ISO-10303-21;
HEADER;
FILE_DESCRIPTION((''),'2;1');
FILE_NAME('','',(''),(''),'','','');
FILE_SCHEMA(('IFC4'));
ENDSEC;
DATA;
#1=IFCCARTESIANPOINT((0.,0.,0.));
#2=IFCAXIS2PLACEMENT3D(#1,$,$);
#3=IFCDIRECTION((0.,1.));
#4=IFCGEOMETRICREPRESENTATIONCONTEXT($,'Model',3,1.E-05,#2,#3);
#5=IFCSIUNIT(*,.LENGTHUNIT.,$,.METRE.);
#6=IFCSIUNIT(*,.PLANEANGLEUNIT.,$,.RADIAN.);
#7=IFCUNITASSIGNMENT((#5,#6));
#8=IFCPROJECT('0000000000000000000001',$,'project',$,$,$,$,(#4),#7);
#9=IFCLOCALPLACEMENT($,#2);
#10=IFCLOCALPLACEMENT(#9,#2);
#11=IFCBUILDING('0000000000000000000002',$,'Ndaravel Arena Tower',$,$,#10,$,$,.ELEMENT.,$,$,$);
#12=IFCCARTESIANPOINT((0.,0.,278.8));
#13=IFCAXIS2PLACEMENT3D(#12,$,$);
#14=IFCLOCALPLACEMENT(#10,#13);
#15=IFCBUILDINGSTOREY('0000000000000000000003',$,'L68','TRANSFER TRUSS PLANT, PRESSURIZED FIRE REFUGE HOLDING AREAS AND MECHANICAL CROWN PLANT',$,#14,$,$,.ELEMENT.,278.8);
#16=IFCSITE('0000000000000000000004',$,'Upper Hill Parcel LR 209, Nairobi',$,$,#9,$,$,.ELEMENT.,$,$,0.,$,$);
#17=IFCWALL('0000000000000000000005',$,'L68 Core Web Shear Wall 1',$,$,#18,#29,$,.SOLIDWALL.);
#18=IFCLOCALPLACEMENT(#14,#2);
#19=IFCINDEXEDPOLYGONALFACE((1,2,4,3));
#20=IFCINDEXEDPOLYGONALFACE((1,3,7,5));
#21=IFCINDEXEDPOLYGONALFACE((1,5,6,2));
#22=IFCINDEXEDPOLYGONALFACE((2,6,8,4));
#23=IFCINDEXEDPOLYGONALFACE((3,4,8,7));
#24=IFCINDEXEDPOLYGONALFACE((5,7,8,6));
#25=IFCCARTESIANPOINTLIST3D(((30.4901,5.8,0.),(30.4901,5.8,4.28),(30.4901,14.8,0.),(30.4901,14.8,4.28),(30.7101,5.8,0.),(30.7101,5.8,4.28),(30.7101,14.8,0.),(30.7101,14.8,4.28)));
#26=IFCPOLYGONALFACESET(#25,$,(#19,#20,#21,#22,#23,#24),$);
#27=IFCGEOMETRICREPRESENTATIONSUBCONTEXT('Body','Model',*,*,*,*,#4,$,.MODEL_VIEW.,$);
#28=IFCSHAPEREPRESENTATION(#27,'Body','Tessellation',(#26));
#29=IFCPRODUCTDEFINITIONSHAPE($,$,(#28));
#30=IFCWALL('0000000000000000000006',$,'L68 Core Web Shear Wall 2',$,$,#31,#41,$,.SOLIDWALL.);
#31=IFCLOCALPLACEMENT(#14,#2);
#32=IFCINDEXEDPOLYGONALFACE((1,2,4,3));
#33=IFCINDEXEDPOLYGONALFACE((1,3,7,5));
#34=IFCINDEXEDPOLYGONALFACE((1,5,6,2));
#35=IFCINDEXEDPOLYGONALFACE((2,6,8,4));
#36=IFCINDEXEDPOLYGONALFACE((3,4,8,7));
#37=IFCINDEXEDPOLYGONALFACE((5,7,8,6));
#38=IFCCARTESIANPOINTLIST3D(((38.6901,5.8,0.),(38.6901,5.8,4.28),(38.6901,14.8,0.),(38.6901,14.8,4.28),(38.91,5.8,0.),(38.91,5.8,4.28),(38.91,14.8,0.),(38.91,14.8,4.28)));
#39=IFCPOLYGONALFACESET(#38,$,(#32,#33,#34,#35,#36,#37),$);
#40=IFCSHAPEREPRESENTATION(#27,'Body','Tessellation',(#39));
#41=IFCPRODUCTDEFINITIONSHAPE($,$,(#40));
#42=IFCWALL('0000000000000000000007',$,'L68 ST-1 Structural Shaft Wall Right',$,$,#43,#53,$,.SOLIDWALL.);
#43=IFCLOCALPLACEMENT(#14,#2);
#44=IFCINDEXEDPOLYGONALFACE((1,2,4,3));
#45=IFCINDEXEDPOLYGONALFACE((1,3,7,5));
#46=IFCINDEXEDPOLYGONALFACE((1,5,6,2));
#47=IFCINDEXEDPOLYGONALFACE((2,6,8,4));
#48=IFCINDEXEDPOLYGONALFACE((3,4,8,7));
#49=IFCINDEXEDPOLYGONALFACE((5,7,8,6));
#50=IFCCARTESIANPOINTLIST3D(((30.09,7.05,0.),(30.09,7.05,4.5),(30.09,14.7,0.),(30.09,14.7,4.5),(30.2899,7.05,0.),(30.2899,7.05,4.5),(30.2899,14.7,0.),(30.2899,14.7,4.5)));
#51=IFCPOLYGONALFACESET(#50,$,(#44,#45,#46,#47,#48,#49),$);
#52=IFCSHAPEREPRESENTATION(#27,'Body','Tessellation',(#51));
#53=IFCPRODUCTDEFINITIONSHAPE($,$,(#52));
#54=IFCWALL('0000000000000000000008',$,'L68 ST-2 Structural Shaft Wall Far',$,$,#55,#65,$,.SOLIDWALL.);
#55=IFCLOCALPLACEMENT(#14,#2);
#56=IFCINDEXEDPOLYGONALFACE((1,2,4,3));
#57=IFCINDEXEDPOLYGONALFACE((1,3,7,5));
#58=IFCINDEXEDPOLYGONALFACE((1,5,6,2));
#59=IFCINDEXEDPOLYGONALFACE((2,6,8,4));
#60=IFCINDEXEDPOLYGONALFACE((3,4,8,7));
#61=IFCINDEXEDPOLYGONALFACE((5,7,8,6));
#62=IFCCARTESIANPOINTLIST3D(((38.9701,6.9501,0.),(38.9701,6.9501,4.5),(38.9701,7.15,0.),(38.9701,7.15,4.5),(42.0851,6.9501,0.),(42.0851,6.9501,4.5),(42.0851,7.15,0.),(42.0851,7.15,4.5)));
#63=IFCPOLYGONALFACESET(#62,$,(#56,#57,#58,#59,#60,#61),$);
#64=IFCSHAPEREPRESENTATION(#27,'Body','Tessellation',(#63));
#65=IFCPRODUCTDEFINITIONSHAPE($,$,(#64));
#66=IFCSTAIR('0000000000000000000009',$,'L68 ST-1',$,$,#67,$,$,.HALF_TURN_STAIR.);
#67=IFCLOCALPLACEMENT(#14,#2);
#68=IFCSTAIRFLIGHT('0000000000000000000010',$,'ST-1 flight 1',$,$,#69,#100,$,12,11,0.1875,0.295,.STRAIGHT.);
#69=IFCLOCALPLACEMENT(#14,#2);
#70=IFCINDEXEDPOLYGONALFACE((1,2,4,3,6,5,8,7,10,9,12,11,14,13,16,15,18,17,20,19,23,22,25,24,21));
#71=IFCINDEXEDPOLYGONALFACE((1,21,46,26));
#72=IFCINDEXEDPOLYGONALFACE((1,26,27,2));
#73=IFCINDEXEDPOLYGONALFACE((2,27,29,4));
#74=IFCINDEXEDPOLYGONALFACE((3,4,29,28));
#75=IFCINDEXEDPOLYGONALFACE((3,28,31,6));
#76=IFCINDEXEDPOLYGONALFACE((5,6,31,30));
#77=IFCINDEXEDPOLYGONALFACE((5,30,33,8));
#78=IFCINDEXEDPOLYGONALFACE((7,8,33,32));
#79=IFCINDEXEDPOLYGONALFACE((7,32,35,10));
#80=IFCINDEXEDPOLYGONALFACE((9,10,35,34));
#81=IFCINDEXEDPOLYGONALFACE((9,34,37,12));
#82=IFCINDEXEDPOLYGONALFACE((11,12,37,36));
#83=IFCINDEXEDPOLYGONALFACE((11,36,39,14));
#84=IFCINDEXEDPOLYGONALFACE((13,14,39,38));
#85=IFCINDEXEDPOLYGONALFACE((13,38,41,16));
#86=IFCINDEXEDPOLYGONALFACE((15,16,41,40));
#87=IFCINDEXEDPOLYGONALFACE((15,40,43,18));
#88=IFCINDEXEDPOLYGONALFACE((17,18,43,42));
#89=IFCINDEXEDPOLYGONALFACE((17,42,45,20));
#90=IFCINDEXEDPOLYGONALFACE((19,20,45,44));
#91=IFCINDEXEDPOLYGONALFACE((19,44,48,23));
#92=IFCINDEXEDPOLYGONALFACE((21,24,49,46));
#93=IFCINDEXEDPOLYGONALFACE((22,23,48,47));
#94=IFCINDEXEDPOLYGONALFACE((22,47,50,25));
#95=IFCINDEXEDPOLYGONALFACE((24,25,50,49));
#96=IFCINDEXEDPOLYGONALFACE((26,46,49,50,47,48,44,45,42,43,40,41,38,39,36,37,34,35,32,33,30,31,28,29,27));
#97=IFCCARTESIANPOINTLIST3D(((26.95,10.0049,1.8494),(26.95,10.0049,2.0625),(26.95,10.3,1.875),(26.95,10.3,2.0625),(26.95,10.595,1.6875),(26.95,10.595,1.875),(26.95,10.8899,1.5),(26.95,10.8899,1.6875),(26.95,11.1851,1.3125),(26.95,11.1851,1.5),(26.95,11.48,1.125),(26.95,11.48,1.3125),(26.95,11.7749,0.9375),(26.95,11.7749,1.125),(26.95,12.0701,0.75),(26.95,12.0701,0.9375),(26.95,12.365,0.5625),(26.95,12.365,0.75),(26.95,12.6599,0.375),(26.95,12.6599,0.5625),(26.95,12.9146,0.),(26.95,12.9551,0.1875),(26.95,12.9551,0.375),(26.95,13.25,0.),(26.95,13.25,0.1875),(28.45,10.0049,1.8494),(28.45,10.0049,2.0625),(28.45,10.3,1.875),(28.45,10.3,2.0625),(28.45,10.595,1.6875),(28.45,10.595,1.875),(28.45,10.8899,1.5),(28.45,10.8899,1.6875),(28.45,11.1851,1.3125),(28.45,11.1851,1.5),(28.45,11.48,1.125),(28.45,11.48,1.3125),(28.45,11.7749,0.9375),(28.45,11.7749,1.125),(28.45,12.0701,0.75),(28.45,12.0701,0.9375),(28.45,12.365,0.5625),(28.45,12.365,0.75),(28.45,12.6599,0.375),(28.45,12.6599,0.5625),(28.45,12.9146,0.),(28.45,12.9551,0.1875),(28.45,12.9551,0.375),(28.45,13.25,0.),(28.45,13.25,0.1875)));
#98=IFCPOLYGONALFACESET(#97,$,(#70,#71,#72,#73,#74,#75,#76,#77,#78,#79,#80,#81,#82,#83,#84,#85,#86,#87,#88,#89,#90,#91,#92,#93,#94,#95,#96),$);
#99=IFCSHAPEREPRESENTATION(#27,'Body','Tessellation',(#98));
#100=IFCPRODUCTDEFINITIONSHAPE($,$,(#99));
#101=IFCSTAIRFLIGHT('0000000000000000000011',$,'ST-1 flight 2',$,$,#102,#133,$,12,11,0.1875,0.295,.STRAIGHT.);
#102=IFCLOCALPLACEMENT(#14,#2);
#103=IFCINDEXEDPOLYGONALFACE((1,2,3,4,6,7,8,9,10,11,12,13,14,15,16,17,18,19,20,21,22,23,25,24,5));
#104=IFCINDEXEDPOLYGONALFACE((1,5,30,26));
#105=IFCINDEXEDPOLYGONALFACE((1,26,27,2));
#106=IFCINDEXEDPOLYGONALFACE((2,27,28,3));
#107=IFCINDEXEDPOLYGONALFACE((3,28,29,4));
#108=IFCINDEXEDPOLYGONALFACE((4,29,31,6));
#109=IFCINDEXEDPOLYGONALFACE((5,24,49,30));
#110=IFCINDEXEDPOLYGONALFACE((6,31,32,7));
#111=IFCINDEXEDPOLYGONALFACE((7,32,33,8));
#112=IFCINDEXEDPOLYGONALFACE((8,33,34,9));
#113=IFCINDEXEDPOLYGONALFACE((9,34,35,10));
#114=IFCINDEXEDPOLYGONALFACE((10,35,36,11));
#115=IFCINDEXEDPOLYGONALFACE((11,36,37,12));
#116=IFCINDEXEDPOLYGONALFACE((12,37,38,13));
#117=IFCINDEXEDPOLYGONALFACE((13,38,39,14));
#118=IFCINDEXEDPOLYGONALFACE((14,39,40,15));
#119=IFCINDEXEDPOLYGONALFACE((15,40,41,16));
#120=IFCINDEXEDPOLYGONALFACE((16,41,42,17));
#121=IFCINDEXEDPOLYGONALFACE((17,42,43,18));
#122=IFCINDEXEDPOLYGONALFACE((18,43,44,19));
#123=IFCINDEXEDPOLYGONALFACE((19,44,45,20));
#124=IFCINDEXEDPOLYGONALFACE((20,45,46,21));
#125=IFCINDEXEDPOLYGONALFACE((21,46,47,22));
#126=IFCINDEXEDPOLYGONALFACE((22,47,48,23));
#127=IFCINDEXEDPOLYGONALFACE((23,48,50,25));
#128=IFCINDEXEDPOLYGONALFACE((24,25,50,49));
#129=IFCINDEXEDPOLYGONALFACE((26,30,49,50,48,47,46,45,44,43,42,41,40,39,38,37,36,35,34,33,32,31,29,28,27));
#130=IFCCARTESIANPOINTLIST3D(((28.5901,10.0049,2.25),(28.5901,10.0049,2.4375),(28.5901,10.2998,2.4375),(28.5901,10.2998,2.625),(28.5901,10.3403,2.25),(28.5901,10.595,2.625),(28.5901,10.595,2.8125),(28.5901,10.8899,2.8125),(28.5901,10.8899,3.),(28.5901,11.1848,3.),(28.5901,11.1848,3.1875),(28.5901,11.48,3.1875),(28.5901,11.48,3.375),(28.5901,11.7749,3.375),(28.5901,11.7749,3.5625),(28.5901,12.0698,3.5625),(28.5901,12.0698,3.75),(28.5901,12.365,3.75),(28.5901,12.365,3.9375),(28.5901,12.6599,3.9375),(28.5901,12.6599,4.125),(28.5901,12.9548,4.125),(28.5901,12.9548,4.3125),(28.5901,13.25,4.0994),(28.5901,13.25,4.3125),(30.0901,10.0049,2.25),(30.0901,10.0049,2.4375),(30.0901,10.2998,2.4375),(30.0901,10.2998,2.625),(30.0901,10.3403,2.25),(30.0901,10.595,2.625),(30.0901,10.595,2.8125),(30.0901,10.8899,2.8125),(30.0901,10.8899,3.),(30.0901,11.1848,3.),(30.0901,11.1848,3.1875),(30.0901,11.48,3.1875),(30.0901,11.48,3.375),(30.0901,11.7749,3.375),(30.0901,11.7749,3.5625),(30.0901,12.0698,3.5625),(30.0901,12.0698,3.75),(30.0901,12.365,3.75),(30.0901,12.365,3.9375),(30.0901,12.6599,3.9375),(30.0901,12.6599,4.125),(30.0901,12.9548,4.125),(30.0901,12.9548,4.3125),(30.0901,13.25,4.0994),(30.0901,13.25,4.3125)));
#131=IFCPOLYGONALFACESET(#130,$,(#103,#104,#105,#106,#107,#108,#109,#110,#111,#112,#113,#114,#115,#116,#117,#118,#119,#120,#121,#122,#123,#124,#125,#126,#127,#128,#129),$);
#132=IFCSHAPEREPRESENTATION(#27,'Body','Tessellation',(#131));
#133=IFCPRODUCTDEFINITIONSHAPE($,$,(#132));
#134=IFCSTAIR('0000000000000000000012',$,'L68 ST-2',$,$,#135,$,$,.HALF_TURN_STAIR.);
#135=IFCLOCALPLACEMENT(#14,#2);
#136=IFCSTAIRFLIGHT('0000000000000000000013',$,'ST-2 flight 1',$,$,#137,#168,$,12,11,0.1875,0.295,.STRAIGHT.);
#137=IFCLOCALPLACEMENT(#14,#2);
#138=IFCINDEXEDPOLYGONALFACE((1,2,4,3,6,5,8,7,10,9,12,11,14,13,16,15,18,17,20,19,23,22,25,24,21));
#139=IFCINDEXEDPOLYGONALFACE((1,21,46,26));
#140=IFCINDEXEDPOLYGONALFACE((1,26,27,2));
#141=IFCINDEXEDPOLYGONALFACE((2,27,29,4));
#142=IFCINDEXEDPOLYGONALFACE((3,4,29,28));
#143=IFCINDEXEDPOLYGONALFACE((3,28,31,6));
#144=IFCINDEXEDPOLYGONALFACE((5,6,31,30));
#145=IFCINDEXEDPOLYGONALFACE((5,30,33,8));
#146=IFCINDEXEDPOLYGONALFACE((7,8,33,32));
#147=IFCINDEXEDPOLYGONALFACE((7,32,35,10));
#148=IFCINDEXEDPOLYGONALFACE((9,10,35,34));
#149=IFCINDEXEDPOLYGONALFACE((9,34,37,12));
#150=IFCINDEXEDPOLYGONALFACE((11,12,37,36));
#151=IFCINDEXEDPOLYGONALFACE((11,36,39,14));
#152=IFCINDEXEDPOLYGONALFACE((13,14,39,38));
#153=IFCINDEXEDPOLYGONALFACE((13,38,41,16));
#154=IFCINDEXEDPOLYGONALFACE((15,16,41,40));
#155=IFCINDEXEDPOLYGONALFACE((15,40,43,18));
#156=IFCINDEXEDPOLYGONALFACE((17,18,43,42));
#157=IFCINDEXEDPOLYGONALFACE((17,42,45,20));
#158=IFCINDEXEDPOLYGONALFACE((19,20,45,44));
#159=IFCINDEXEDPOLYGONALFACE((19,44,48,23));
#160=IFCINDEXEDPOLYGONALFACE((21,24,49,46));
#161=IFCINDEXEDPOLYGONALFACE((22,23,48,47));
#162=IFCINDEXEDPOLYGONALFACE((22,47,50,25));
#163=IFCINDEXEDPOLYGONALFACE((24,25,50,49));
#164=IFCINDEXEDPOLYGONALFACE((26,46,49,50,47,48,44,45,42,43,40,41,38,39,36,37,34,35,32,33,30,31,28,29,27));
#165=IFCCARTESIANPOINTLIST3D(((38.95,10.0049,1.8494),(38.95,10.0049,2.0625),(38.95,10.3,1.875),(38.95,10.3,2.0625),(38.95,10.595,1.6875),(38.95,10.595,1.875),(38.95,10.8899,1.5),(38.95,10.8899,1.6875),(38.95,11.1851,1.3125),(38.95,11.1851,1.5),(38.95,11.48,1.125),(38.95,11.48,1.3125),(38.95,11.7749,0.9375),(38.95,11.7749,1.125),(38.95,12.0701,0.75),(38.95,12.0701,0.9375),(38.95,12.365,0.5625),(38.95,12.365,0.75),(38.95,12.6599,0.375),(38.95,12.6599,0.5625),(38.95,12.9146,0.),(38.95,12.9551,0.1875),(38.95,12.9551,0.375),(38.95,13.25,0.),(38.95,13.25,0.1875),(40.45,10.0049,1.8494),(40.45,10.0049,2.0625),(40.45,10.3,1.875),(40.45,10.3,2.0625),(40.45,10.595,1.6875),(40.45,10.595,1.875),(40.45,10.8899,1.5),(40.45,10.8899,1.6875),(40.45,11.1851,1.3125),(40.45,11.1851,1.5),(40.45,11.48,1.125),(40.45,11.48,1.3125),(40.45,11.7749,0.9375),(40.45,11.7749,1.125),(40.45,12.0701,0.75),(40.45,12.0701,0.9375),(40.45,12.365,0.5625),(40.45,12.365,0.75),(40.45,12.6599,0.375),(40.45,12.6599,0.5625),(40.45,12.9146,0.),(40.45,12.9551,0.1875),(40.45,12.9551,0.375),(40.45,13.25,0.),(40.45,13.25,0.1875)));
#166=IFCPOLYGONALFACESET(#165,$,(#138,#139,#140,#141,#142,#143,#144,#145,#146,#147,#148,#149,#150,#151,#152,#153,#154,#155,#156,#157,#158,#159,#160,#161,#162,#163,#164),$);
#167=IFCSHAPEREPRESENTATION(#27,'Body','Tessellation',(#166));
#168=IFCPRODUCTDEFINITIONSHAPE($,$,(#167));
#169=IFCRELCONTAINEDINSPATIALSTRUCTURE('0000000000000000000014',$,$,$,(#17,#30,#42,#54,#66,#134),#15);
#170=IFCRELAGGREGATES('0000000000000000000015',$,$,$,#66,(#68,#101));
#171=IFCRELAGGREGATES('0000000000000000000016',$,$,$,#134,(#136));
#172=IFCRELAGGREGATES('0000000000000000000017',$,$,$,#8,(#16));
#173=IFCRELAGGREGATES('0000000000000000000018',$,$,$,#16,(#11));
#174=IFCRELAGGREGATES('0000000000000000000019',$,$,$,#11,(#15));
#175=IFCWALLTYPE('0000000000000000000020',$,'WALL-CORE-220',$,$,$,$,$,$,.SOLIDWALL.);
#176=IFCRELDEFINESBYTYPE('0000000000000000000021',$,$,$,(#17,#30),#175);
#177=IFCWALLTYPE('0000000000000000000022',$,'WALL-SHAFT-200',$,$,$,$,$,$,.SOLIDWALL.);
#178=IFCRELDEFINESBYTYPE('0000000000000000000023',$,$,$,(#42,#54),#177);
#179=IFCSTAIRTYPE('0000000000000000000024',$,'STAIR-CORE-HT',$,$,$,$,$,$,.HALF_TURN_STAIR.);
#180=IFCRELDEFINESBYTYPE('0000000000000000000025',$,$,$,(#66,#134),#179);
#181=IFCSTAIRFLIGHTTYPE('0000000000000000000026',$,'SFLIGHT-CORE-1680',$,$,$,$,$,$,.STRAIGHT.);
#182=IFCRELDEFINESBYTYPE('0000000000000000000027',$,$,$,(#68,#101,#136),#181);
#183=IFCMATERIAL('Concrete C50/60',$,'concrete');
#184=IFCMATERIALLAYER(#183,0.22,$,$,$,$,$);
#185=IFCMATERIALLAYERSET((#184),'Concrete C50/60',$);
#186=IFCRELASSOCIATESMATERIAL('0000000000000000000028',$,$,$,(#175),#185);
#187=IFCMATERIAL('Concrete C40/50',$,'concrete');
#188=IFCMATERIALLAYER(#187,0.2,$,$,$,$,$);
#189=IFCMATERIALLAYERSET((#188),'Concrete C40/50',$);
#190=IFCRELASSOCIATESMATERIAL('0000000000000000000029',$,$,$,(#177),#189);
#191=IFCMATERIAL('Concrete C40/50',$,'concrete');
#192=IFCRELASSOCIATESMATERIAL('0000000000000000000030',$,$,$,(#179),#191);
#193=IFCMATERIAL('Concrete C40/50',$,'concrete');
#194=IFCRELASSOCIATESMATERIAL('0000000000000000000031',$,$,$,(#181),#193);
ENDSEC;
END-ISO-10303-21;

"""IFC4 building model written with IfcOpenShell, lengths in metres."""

from ifc_helpers import new_model, si_unit, direction, frame, frame_2d, origin, place, context, subcontext, project, spatial, polyline, rectangle, outline, extrude, material, layer, layer_set, type_object, element, aggregate, save


model = new_model("IFC4")

# Units and contexts
model_context = context("Model", 3, precision=1e-05, world=origin(), true_north=direction((0.0, 1.0)))
body_context = subcontext(model_context, "Body", "Model", "MODEL_VIEW")
ifc_project = project(units=[si_unit("LENGTHUNIT", "METRE"), si_unit("PLANEANGLEUNIT", "RADIAN")], contexts=[model_context])

# Site, building, storey
site_placement = place(None, origin())
site = spatial("IfcSite", under=ifc_project, at=site_placement, Name="Upper Hill Parcel LR 209, Nairobi", CompositionType="ELEMENT", RefElevation=0.0)
building_placement = place(site_placement, origin())
building = spatial("IfcBuilding", under=site, at=building_placement, Name="Ndaravel Arena Tower", CompositionType="ELEMENT")
storey_placement = place(building_placement, frame((0.0, 0.0, 278.8)))
storey = spatial("IfcBuildingStorey", under=building, at=storey_placement, Name="L68", Description="TRANSFER TRUSS PLANT, PRESSURIZED FIRE REFUGE HOLDING AREAS AND MECHANICAL CROWN PLANT", CompositionType="ELEMENT", Elevation=278.8)

# Walls
ifc_material_1 = material(Name="Concrete C50/60", Category="concrete")
ifc_layer_1 = layer(ifc_material_1, 0.22)
ifc_layer_set_1 = layer_set([ifc_layer_1], Name="Concrete C50/60")
wall_type_1 = type_object("IfcWallType", Name="WALL-CORE-220", PredefinedType="SOLIDWALL", material=ifc_layer_set_1)
for number, where, z_axis, x_axis, name in (
    (1, (30.6001, 5.8, 0.0), (0.0, 0.0, 1.0), (0.0, 1.0, 0.0), "L68 Core Web Shear Wall 1"),
    (2, (38.8, 5.8, 0.0), (0.0, 0.0, 1.0), (0.0, 1.0, 0.0), "L68 Core Web Shear Wall 2"),
):
    element("IfcWall", number, at=place(storey_placement, frame(where, z_axis=z_axis, x_axis=x_axis)), inside=storey, type_object=wall_type_1, Name=name, PredefinedType="SOLIDWALL", context=body_context, shape_type="SweptSolid", body=[
        extrude(rectangle(XDim=9.0, YDim=0.22, at=frame_2d((4.5, 0.0))), origin(), (0.0, 0.0, 1.0), 4.28),
    ])
ifc_material_2 = material(Name="Concrete C40/50", Category="concrete")
ifc_layer_2 = layer(ifc_material_2, 0.2)
ifc_layer_set_2 = layer_set([ifc_layer_2], Name="Concrete C40/50")
wall_type_2 = type_object("IfcWallType", Name="WALL-SHAFT-200", PredefinedType="SOLIDWALL", material=ifc_layer_set_2)
wall_1_placement = place(storey_placement, frame((30.1899, 14.7, 0.0), z_axis=(0.0, 0.0, 1.0), x_axis=(0.0, -1.0, 0.0)))
element("IfcWall", 3, at=wall_1_placement, inside=storey, type_object=wall_type_2, Name="L68 ST-1 Structural Shaft Wall Right", PredefinedType="SOLIDWALL", context=body_context, shape_type="SweptSolid", body=[
    extrude(rectangle(XDim=7.6499, YDim=0.2, at=frame_2d((3.825, 0.0))), origin(), (0.0, 0.0, 1.0), 4.5),
])
wall_2_placement = place(storey_placement, frame((38.97, 7.05, 0.0), z_axis=(0.0, 0.0, 1.0), x_axis=(1.0, 0.0, 0.0)))
element("IfcWall", 4, at=wall_2_placement, inside=storey, type_object=wall_type_2, Name="L68 ST-2 Structural Shaft Wall Far", PredefinedType="SOLIDWALL", context=body_context, shape_type="SweptSolid", body=[
    extrude(rectangle(XDim=3.115, YDim=0.2, at=frame_2d((1.5576, 0.0))), origin(), (0.0, 0.0, 1.0), 4.5),
])

# Stairs, stair flights
ifc_material_3 = material(Name="Concrete C40/50", Category="concrete")
stair_type = type_object("IfcStairType", Name="STAIR-CORE-HT", PredefinedType="HALF_TURN_STAIR", material=ifc_material_3)
stair_1_placement = place(storey_placement, origin())
stair_1 = element("IfcStair", 5, at=stair_1_placement, inside=storey, type_object=stair_type, Name="L68 ST-1", PredefinedType="HALF_TURN_STAIR")
ifc_material_4 = material(Name="Concrete C40/50", Category="concrete")
stair_flight_type = type_object("IfcStairFlightType", Name="SFLIGHT-CORE-1680", PredefinedType="STRAIGHT", material=ifc_material_4)
stair_flight_1_placement = place(storey_placement, frame((27.7, 13.25, 0.0), z_axis=(0.0, 0.0, 1.0), x_axis=(0.0, -1.0, 0.0)))
stair_flight_1 = element("IfcStairFlight", 6, at=stair_flight_1_placement, type_object=stair_flight_type, Name="ST-1 flight 1", NumberOfRisers=12, NumberOfTreads=11, PredefinedType="STRAIGHT", RiserHeight=0.1875, TreadLength=0.295, context=body_context, shape_type="SweptSolid", body=[
    extrude(outline(polyline([(0.0, 0.0), (0.0, 0.1875), (0.2949, 0.1875), (0.2949, 0.375), (0.5901, 0.375), (0.5901, 0.5625), (0.885, 0.5625), (0.885, 0.75), (1.1799, 0.75), (1.1799, 0.9375), (1.4751, 0.9375), (1.4751, 1.125), (1.77, 1.125), (1.77, 1.3125), (2.0649, 1.3125), (2.0649, 1.5), (2.3601, 1.5), (2.3601, 1.6875), (2.655, 1.6875), (2.655, 1.875), (2.95, 1.875), (2.95, 2.0625), (3.2451, 2.0625), (3.2451, 2.25), (3.2451, 1.8494), (0.3354, 0.0), (0.0, 0.0)])), frame((0.0, 0.75, 0.0), z_axis=(0.0, -1.0, 0.0), x_axis=(1.0, 0.0, 0.0)), (0.0, 0.0, 1.0), 1.5),
])
stair_flight_2_placement = place(storey_placement, frame((29.3401, 10.0049, 2.25), z_axis=(0.0, 0.0, 1.0), x_axis=(0.0, 1.0, 0.0)))
stair_flight_2 = element("IfcStairFlight", 7, at=stair_flight_2_placement, type_object=stair_flight_type, Name="ST-1 flight 2", NumberOfRisers=12, NumberOfTreads=11, PredefinedType="STRAIGHT", RiserHeight=0.1875, TreadLength=0.295, context=body_context, shape_type="SweptSolid", body=[
    extrude(outline(polyline([(0.0, 0.0), (0.0, 0.1875), (0.2949, 0.1875), (0.2949, 0.375), (0.5901, 0.375), (0.5901, 0.5625), (0.885, 0.5625), (0.885, 0.75), (1.1799, 0.75), (1.1799, 0.9375), (1.4751, 0.9375), (1.4751, 1.125), (1.77, 1.125), (1.77, 1.3125), (2.0649, 1.3125), (2.0649, 1.5), (2.3601, 1.5), (2.3601, 1.6875), (2.655, 1.6875), (2.655, 1.875), (2.95, 1.875), (2.95, 2.0625), (3.2451, 2.0625), (3.2451, 2.25), (3.2451, 1.8494), (0.3354, 0.0), (0.0, 0.0)])), frame((0.0, 0.75, 0.0), z_axis=(0.0, -1.0, 0.0), x_axis=(1.0, 0.0, 0.0)), (0.0, 0.0, 1.0), 1.5),
])
aggregate(stair_1, [stair_flight_1, stair_flight_2])
stair_2_placement = place(storey_placement, origin())
stair_2 = element("IfcStair", 8, at=stair_2_placement, inside=storey, type_object=stair_type, Name="L68 ST-2", PredefinedType="HALF_TURN_STAIR")
stair_flight_3_placement = place(storey_placement, frame((39.7, 13.25, 0.0), z_axis=(0.0, 0.0, 1.0), x_axis=(0.0, -1.0, 0.0)))
stair_flight_3 = element("IfcStairFlight", 9, at=stair_flight_3_placement, type_object=stair_flight_type, Name="ST-2 flight 1", NumberOfRisers=12, NumberOfTreads=11, PredefinedType="STRAIGHT", RiserHeight=0.1875, TreadLength=0.295, context=body_context, shape_type="SweptSolid", body=[
    extrude(outline(polyline([(0.0, 0.0), (0.0, 0.1875), (0.2949, 0.1875), (0.2949, 0.375), (0.5901, 0.375), (0.5901, 0.5625), (0.885, 0.5625), (0.885, 0.75), (1.1799, 0.75), (1.1799, 0.9375), (1.4751, 0.9375), (1.4751, 1.125), (1.77, 1.125), (1.77, 1.3125), (2.0649, 1.3125), (2.0649, 1.5), (2.3601, 1.5), (2.3601, 1.6875), (2.655, 1.6875), (2.655, 1.875), (2.95, 1.875), (2.95, 2.0625), (3.2451, 2.0625), (3.2451, 2.25), (3.2451, 1.8494), (0.3354, 0.0), (0.0, 0.0)])), frame((0.0, 0.75, 0.0), z_axis=(0.0, -1.0, 0.0), x_axis=(1.0, 0.0, 0.0)), (0.0, 0.0, 1.0), 1.5),
])
aggregate(stair_2, [stair_flight_3])

save(model, "model.ifc")
